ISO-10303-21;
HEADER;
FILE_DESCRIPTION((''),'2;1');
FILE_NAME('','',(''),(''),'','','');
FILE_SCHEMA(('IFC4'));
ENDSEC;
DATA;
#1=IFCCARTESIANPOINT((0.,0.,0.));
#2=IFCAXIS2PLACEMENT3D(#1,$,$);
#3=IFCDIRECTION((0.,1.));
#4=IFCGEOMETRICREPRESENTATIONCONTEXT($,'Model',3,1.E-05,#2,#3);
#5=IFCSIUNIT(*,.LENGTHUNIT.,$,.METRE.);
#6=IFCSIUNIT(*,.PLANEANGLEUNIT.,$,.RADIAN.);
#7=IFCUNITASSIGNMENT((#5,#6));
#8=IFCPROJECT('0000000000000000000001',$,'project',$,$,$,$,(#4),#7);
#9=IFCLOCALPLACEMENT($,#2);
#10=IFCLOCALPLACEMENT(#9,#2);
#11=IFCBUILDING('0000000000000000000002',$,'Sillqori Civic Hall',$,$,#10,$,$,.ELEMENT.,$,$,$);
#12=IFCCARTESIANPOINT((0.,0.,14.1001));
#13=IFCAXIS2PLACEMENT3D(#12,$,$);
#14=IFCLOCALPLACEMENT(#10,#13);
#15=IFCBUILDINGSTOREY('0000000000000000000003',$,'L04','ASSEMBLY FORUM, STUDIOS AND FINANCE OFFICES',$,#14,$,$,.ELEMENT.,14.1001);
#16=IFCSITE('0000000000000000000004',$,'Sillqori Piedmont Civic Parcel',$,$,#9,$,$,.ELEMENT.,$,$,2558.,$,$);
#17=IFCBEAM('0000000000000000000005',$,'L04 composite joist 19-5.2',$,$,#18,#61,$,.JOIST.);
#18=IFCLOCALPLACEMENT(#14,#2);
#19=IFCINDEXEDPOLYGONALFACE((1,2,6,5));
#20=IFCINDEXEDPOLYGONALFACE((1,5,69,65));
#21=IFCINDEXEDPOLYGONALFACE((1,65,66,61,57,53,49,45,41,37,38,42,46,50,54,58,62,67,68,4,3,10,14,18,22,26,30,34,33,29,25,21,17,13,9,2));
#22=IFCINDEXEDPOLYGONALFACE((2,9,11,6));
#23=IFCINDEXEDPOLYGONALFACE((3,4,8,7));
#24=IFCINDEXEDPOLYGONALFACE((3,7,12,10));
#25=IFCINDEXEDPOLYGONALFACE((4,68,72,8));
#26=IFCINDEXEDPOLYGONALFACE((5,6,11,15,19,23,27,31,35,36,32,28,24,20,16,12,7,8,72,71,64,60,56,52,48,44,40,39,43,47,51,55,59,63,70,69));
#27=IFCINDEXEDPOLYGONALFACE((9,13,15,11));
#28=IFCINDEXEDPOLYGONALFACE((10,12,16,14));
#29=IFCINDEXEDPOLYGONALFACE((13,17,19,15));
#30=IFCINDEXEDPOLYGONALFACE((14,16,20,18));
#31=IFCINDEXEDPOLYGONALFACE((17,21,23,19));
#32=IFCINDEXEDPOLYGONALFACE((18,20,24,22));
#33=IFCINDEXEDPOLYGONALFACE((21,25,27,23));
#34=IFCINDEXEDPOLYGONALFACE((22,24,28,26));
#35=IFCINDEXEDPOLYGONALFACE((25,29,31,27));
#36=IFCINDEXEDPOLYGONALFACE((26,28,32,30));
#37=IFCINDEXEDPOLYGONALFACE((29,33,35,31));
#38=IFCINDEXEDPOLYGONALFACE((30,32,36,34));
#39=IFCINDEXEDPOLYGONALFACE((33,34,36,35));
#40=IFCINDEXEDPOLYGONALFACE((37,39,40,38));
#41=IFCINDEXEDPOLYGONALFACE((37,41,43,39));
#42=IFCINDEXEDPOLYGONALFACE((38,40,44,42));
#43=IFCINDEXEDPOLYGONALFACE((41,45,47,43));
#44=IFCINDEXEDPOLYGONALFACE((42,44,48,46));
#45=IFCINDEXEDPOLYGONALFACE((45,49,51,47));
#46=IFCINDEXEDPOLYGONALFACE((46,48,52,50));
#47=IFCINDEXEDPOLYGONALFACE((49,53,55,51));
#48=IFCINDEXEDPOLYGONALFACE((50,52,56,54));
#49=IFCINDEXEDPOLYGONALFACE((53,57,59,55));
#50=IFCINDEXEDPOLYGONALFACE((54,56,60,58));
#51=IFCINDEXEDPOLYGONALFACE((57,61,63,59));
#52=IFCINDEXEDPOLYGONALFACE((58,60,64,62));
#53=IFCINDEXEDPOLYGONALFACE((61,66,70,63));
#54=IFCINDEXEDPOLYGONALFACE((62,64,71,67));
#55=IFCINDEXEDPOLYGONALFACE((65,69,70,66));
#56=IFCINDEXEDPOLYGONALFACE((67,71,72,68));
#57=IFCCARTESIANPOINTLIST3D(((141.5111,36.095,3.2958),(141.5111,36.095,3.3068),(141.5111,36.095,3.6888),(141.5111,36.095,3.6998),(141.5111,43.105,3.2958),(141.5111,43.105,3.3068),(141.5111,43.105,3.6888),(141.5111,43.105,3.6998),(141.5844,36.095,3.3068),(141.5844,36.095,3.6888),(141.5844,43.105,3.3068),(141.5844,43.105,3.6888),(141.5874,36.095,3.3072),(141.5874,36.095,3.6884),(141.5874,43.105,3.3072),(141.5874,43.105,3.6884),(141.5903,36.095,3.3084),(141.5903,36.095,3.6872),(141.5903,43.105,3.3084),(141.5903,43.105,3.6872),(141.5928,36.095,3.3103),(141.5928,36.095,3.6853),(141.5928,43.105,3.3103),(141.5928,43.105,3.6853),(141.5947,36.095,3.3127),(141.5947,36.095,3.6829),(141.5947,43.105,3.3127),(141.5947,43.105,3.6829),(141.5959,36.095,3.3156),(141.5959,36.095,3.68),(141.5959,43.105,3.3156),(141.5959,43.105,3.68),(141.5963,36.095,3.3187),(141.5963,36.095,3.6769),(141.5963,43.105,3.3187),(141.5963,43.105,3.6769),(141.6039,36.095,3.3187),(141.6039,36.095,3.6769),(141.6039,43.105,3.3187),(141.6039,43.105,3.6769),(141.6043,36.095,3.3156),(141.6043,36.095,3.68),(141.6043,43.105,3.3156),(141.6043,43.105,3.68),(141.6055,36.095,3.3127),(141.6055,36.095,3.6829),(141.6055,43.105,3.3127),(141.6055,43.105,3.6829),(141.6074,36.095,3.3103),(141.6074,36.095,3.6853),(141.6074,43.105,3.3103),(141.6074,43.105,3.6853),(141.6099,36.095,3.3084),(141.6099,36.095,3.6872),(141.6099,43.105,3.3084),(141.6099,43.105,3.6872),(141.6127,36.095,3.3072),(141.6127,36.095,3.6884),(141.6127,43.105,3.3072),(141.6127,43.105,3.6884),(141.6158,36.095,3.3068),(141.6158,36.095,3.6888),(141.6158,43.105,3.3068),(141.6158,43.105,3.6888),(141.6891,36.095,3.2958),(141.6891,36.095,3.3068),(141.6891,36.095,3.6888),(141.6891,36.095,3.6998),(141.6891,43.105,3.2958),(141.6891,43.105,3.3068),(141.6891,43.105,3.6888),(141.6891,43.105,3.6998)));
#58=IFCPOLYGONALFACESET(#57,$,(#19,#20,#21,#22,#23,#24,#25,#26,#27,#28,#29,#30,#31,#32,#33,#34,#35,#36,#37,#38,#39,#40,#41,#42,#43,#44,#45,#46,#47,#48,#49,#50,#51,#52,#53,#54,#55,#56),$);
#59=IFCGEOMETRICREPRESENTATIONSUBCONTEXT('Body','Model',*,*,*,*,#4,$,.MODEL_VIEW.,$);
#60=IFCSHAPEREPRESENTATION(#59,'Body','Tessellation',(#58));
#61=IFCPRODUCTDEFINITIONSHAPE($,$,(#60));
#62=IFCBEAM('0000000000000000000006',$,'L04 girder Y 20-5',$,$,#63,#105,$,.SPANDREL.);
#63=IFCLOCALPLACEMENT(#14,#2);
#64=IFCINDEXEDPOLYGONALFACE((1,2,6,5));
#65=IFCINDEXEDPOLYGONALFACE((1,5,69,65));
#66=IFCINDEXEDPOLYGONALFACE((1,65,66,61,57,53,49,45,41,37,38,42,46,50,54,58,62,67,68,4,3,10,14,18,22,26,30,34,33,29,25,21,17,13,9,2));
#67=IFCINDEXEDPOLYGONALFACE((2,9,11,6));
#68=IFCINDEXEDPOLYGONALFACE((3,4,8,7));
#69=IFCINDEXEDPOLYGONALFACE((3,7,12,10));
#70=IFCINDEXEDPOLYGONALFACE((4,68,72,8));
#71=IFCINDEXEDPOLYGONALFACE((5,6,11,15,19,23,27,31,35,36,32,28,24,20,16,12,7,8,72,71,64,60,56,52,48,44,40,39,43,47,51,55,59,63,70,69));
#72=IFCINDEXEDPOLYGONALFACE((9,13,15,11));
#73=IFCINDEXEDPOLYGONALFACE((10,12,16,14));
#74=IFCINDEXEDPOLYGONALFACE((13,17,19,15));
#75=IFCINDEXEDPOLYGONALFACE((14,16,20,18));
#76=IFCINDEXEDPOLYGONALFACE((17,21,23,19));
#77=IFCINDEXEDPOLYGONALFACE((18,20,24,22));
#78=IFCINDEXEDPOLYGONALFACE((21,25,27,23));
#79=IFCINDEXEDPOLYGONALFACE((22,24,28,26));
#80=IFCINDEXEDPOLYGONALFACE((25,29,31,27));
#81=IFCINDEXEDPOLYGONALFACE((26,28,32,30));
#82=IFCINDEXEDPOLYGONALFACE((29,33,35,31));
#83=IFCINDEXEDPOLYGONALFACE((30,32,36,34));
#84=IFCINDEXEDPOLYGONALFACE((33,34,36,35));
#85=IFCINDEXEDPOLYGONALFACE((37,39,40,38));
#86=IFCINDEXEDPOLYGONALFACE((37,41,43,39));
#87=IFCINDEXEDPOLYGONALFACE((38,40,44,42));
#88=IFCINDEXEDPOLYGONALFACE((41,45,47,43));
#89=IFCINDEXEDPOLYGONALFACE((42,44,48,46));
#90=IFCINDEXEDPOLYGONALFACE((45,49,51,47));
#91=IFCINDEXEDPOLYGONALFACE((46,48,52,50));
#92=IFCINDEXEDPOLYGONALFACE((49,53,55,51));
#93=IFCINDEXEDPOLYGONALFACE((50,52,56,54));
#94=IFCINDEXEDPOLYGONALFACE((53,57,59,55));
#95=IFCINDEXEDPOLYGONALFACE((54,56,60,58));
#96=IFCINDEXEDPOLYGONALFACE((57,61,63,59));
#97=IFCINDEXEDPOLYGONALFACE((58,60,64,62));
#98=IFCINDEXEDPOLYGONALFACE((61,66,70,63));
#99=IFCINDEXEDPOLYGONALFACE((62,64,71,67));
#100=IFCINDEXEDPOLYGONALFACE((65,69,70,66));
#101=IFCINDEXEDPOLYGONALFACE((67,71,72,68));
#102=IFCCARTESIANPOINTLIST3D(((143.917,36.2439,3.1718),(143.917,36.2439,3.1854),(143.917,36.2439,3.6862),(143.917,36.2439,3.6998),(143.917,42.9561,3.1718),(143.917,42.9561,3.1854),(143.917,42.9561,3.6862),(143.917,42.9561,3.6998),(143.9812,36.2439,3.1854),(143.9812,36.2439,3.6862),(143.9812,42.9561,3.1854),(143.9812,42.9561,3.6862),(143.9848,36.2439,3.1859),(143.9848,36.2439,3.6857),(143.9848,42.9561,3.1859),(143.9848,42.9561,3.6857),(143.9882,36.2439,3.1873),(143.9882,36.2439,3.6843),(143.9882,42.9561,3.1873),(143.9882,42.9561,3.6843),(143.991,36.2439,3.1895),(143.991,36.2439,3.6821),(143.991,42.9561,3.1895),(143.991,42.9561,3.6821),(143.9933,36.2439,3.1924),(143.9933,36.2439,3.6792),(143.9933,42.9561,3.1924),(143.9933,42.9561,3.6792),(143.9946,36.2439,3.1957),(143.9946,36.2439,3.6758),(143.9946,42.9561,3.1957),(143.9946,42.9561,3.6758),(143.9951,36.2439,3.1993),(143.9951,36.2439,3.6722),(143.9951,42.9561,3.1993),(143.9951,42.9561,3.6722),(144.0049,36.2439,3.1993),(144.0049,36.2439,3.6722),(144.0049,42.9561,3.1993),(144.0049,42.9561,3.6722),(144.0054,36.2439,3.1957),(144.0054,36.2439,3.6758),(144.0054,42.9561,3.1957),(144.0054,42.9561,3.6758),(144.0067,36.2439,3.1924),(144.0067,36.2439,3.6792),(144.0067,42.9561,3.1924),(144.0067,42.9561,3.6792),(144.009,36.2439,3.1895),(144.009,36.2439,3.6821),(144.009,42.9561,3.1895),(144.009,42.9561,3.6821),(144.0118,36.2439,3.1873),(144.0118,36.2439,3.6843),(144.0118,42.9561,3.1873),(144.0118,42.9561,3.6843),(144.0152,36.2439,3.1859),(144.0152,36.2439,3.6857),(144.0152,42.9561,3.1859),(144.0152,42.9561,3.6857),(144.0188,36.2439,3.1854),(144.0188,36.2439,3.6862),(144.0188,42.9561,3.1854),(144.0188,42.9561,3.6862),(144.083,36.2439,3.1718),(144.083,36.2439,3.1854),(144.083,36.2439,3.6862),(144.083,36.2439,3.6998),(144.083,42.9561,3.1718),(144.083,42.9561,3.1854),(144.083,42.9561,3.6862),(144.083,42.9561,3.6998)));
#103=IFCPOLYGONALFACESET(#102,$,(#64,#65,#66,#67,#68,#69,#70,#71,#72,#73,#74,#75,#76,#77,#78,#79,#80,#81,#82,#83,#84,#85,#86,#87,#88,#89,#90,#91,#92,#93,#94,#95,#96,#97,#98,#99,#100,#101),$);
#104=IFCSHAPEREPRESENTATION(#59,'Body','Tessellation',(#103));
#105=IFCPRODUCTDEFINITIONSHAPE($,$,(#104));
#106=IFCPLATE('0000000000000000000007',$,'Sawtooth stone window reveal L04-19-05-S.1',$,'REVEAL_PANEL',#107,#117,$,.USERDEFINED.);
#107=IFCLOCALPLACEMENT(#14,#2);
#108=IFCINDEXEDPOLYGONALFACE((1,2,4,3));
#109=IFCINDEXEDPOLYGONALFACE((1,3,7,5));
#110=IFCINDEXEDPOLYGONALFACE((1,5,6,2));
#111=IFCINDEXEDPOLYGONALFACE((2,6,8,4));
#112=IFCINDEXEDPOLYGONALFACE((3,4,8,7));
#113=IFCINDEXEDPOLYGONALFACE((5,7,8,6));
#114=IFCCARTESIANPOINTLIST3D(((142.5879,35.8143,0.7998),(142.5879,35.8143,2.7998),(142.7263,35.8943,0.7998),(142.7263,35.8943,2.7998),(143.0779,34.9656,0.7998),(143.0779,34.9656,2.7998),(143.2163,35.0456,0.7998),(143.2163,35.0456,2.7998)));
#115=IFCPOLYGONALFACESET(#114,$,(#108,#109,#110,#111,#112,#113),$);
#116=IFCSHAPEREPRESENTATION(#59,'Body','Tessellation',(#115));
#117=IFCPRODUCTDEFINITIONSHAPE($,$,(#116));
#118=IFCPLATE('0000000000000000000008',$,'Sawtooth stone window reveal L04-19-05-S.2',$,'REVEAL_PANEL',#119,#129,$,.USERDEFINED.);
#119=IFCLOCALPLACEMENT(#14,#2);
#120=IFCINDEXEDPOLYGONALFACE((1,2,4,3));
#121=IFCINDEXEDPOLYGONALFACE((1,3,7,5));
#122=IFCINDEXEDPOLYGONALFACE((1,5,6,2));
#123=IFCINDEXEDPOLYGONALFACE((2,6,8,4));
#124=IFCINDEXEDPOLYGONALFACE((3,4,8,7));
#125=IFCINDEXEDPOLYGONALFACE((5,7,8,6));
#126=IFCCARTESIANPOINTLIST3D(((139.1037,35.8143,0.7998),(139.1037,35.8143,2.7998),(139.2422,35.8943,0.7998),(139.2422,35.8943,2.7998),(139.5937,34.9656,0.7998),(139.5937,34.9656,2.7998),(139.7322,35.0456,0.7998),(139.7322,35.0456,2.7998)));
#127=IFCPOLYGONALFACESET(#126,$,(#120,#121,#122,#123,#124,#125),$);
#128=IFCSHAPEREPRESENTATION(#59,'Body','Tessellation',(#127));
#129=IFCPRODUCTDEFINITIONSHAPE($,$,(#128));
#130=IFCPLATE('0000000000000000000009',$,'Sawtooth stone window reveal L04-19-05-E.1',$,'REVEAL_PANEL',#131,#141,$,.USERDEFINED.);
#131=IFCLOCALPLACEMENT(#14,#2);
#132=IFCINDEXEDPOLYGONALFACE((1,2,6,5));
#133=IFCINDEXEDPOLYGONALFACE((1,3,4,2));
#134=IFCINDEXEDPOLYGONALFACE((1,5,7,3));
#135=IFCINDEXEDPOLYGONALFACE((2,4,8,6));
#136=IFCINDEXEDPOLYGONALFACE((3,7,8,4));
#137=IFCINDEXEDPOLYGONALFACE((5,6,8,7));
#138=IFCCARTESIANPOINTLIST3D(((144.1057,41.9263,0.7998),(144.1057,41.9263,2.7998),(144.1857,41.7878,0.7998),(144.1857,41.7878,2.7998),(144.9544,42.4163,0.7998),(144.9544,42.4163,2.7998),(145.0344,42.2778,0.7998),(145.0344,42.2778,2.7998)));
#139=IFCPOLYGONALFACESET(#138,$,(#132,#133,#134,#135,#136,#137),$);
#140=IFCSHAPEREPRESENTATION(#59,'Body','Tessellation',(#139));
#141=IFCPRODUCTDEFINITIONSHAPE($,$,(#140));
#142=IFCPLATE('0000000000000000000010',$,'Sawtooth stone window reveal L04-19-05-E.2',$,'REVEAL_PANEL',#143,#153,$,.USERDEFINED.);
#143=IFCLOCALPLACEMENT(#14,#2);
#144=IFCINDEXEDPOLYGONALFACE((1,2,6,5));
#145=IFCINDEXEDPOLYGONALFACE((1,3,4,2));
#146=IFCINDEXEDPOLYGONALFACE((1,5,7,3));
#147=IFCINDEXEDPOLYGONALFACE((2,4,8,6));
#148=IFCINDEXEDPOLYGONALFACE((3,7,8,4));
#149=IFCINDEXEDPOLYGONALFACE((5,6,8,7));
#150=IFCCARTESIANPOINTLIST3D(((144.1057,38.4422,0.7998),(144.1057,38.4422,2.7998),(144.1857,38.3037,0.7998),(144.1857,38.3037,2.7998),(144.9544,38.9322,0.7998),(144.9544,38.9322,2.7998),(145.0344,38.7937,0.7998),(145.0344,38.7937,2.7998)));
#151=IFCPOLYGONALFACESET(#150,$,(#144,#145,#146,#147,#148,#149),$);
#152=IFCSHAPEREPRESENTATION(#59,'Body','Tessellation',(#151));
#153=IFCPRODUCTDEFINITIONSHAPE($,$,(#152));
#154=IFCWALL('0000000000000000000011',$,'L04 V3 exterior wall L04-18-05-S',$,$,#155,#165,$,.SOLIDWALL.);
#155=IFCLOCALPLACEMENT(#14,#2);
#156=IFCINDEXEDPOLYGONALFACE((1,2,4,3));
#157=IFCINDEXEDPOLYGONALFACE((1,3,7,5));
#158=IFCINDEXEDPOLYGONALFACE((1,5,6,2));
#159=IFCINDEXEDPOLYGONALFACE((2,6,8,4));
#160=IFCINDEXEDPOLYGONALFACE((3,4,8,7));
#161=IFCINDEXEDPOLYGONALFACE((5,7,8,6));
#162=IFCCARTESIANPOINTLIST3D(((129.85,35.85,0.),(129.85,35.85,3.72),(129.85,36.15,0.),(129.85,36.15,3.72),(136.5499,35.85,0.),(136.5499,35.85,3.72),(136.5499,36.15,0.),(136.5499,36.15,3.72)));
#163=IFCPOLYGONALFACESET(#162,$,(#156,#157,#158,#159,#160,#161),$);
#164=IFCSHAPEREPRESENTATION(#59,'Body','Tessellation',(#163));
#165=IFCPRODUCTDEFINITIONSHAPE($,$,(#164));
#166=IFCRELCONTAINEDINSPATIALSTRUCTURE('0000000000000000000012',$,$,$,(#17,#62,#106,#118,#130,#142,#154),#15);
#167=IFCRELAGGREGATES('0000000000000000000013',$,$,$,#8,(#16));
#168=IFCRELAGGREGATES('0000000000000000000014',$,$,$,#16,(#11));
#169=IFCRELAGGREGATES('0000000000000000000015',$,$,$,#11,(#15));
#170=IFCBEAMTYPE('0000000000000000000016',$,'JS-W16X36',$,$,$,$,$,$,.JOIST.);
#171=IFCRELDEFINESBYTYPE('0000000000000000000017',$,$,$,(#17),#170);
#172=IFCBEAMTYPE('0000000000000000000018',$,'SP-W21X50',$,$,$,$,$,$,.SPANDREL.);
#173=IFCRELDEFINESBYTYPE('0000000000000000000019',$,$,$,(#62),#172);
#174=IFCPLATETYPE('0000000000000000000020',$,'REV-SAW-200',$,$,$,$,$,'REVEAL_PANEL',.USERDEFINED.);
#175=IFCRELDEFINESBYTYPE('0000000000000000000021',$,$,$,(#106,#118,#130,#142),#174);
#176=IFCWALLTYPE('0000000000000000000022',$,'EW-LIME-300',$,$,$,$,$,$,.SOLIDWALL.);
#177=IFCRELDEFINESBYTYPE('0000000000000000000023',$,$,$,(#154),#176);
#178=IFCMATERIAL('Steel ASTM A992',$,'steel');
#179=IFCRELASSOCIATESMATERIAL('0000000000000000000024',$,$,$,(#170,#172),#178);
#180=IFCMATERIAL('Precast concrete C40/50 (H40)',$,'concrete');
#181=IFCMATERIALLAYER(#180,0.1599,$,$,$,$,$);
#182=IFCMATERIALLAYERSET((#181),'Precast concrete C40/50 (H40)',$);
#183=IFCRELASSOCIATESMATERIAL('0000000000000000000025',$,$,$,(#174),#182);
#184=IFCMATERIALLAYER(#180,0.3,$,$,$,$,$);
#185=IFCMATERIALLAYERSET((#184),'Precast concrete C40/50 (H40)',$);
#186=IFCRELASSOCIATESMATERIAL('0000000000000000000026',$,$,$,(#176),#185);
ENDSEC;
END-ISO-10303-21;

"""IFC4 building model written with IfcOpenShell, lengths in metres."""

from ifc_helpers import new_model, si_unit, direction, frame, frame_2d, origin, origin_2d, place, context, subcontext, project, spatial, rectangle, i_section, extrude, material, layer, layer_set, material_profile, profile_set, type_object, element, save


model = new_model("IFC4")

# Units and contexts
model_context = context("Model", 3, precision=1e-05, world=origin(), true_north=direction((0.0, 1.0)))
body_context = subcontext(model_context, "Body", "Model", "MODEL_VIEW")
ifc_project = project(units=[si_unit("LENGTHUNIT", "METRE"), si_unit("PLANEANGLEUNIT", "RADIAN")], contexts=[model_context])

# Site, building, storey
site_placement = place(None, origin())
site = spatial("IfcSite", under=ifc_project, at=site_placement, Name="Sillqori Piedmont Civic Parcel", CompositionType="ELEMENT", RefElevation=2558.0)
building_placement = place(site_placement, origin())
building = spatial("IfcBuilding", under=site, at=building_placement, Name="Sillqori Civic Hall", CompositionType="ELEMENT")
storey_placement = place(building_placement, frame((0.0, 0.0, 14.1001)))
storey = spatial("IfcBuildingStorey", under=building, at=storey_placement, Name="L04", Description="ASSEMBLY FORUM, STUDIOS AND FINANCE OFFICES", CompositionType="ELEMENT", Elevation=14.1001)

# Beams
ifc_material_1 = material(Name="Steel ASTM A992", Category="steel")
ifc_material_profile_1 = material_profile(ifc_material_1, i_section(OverallWidth=0.178, OverallDepth=0.4041, WebThickness=0.0076, FlangeThickness=0.011, FilletRadius=0.012, at=origin_2d()), Name="W16X36")
ifc_profile_set_1 = profile_set([ifc_material_profile_1], Name="Steel ASTM A992")
beam_type_1 = type_object("IfcBeamType", Name="JS-W16X36", PredefinedType="JOIST", material=ifc_profile_set_1)
for number, where, z_axis, x_axis, name in (
    (1, (141.6001, 36.095, 3.4978), (0.0, 1.0, 0.0), (-1.0, 0.0, 0.0), "L04 composite joist 19-5.2"),
):
    element("IfcBeam", number, at=place(storey_placement, frame(where, z_axis=z_axis, x_axis=x_axis)), inside=storey, type_object=beam_type_1, Name=name, PredefinedType="JOIST", context=body_context, shape_type="SweptSolid", body=[
        extrude(i_section(OverallWidth=0.178, OverallDepth=0.4041, WebThickness=0.0076, FlangeThickness=0.011, FilletRadius=0.012, at=origin_2d()), origin(), (0.0, 0.0, 1.0), 7.01),
    ])
ifc_material_profile_2 = material_profile(ifc_material_1, i_section(OverallWidth=0.166, OverallDepth=0.5281, WebThickness=0.0098, FlangeThickness=0.0137, FilletRadius=0.0139, at=origin_2d()), Name="W21X50")
ifc_profile_set_2 = profile_set([ifc_material_profile_2], Name="Steel ASTM A992")
beam_type_2 = type_object("IfcBeamType", Name="SP-W21X50", PredefinedType="SPANDREL", material=ifc_profile_set_2)
beam_1_placement = place(storey_placement, frame((144.0, 36.2439, 3.4358), z_axis=(0.0, 1.0, 0.0), x_axis=(-1.0, 0.0, 0.0)))
element("IfcBeam", 2, at=beam_1_placement, inside=storey, type_object=beam_type_2, Name="L04 girder Y 20-5", PredefinedType="SPANDREL", context=body_context, shape_type="SweptSolid", body=[
    extrude(i_section(OverallWidth=0.166, OverallDepth=0.5281, WebThickness=0.0098, FlangeThickness=0.0137, FilletRadius=0.0139, at=origin_2d()), origin(), (0.0, 0.0, 1.0), 6.7122),
])

# Plates
ifc_material_2 = material(Name="Precast concrete C40/50 (H40)", Category="concrete")
ifc_layer_1 = layer(ifc_material_2, 0.1599)
ifc_layer_set_1 = layer_set([ifc_layer_1], Name="Precast concrete C40/50 (H40)")
plate_type = type_object("IfcPlateType", Name="REV-SAW-200", ElementType="REVEAL_PANEL", PredefinedType="USERDEFINED", material=ifc_layer_set_1)
for number, where, z_axis, x_axis, name in (
    (3, (142.9021, 35.4299, 0.7998), (0.0, 0.0, 1.0), (-0.866025, -0.5, 0.0), "Sawtooth stone window reveal L04-19-05-S.1"),
    (4, (139.418, 35.4299, 0.7998), (0.0, 0.0, 1.0), (-0.866025, -0.5, 0.0), "Sawtooth stone window reveal L04-19-05-S.2"),
    (5, (144.5701, 42.1021, 0.7998), (0.0, 0.0, 1.0), (0.5, -0.866025, 0.0), "Sawtooth stone window reveal L04-19-05-E.1"),
    (6, (144.5701, 38.6179, 0.7998), (0.0, 0.0, 1.0), (0.5, -0.866025, 0.0), "Sawtooth stone window reveal L04-19-05-E.2"),
):
    element("IfcPlate", number, at=place(storey_placement, frame(where, z_axis=z_axis, x_axis=x_axis)), inside=storey, type_object=plate_type, Name=name, ObjectType="REVEAL_PANEL", PredefinedType="USERDEFINED", context=body_context, shape_type="SweptSolid", body=[
        extrude(rectangle(XDim=0.1599, YDim=0.98, at=origin_2d()), origin(), (0.0, 0.0, 1.0), 2.0),
    ])

# Wall
ifc_layer_2 = layer(ifc_material_2, 0.3)
ifc_layer_set_2 = layer_set([ifc_layer_2], Name="Precast concrete C40/50 (H40)")
wall_type_1 = type_object("IfcWallType", Name="EW-LIME-300", PredefinedType="SOLIDWALL", material=ifc_layer_set_2)
wall_1_placement = place(storey_placement, frame((136.55, 36.0, 0.0), z_axis=(0.0, 0.0, 1.0), x_axis=(-1.0, 0.0, 0.0)))
element("IfcWall", 7, at=wall_1_placement, inside=storey, type_object=wall_type_1, Name="L04 V3 exterior wall L04-18-05-S", PredefinedType="SOLIDWALL", context=body_context, shape_type="SweptSolid", body=[
    extrude(rectangle(XDim=6.7, YDim=0.3, at=frame_2d((3.3501, 0.0))), origin(), (0.0, 0.0, 1.0), 3.72),
])

save(model, "model.ifc")
